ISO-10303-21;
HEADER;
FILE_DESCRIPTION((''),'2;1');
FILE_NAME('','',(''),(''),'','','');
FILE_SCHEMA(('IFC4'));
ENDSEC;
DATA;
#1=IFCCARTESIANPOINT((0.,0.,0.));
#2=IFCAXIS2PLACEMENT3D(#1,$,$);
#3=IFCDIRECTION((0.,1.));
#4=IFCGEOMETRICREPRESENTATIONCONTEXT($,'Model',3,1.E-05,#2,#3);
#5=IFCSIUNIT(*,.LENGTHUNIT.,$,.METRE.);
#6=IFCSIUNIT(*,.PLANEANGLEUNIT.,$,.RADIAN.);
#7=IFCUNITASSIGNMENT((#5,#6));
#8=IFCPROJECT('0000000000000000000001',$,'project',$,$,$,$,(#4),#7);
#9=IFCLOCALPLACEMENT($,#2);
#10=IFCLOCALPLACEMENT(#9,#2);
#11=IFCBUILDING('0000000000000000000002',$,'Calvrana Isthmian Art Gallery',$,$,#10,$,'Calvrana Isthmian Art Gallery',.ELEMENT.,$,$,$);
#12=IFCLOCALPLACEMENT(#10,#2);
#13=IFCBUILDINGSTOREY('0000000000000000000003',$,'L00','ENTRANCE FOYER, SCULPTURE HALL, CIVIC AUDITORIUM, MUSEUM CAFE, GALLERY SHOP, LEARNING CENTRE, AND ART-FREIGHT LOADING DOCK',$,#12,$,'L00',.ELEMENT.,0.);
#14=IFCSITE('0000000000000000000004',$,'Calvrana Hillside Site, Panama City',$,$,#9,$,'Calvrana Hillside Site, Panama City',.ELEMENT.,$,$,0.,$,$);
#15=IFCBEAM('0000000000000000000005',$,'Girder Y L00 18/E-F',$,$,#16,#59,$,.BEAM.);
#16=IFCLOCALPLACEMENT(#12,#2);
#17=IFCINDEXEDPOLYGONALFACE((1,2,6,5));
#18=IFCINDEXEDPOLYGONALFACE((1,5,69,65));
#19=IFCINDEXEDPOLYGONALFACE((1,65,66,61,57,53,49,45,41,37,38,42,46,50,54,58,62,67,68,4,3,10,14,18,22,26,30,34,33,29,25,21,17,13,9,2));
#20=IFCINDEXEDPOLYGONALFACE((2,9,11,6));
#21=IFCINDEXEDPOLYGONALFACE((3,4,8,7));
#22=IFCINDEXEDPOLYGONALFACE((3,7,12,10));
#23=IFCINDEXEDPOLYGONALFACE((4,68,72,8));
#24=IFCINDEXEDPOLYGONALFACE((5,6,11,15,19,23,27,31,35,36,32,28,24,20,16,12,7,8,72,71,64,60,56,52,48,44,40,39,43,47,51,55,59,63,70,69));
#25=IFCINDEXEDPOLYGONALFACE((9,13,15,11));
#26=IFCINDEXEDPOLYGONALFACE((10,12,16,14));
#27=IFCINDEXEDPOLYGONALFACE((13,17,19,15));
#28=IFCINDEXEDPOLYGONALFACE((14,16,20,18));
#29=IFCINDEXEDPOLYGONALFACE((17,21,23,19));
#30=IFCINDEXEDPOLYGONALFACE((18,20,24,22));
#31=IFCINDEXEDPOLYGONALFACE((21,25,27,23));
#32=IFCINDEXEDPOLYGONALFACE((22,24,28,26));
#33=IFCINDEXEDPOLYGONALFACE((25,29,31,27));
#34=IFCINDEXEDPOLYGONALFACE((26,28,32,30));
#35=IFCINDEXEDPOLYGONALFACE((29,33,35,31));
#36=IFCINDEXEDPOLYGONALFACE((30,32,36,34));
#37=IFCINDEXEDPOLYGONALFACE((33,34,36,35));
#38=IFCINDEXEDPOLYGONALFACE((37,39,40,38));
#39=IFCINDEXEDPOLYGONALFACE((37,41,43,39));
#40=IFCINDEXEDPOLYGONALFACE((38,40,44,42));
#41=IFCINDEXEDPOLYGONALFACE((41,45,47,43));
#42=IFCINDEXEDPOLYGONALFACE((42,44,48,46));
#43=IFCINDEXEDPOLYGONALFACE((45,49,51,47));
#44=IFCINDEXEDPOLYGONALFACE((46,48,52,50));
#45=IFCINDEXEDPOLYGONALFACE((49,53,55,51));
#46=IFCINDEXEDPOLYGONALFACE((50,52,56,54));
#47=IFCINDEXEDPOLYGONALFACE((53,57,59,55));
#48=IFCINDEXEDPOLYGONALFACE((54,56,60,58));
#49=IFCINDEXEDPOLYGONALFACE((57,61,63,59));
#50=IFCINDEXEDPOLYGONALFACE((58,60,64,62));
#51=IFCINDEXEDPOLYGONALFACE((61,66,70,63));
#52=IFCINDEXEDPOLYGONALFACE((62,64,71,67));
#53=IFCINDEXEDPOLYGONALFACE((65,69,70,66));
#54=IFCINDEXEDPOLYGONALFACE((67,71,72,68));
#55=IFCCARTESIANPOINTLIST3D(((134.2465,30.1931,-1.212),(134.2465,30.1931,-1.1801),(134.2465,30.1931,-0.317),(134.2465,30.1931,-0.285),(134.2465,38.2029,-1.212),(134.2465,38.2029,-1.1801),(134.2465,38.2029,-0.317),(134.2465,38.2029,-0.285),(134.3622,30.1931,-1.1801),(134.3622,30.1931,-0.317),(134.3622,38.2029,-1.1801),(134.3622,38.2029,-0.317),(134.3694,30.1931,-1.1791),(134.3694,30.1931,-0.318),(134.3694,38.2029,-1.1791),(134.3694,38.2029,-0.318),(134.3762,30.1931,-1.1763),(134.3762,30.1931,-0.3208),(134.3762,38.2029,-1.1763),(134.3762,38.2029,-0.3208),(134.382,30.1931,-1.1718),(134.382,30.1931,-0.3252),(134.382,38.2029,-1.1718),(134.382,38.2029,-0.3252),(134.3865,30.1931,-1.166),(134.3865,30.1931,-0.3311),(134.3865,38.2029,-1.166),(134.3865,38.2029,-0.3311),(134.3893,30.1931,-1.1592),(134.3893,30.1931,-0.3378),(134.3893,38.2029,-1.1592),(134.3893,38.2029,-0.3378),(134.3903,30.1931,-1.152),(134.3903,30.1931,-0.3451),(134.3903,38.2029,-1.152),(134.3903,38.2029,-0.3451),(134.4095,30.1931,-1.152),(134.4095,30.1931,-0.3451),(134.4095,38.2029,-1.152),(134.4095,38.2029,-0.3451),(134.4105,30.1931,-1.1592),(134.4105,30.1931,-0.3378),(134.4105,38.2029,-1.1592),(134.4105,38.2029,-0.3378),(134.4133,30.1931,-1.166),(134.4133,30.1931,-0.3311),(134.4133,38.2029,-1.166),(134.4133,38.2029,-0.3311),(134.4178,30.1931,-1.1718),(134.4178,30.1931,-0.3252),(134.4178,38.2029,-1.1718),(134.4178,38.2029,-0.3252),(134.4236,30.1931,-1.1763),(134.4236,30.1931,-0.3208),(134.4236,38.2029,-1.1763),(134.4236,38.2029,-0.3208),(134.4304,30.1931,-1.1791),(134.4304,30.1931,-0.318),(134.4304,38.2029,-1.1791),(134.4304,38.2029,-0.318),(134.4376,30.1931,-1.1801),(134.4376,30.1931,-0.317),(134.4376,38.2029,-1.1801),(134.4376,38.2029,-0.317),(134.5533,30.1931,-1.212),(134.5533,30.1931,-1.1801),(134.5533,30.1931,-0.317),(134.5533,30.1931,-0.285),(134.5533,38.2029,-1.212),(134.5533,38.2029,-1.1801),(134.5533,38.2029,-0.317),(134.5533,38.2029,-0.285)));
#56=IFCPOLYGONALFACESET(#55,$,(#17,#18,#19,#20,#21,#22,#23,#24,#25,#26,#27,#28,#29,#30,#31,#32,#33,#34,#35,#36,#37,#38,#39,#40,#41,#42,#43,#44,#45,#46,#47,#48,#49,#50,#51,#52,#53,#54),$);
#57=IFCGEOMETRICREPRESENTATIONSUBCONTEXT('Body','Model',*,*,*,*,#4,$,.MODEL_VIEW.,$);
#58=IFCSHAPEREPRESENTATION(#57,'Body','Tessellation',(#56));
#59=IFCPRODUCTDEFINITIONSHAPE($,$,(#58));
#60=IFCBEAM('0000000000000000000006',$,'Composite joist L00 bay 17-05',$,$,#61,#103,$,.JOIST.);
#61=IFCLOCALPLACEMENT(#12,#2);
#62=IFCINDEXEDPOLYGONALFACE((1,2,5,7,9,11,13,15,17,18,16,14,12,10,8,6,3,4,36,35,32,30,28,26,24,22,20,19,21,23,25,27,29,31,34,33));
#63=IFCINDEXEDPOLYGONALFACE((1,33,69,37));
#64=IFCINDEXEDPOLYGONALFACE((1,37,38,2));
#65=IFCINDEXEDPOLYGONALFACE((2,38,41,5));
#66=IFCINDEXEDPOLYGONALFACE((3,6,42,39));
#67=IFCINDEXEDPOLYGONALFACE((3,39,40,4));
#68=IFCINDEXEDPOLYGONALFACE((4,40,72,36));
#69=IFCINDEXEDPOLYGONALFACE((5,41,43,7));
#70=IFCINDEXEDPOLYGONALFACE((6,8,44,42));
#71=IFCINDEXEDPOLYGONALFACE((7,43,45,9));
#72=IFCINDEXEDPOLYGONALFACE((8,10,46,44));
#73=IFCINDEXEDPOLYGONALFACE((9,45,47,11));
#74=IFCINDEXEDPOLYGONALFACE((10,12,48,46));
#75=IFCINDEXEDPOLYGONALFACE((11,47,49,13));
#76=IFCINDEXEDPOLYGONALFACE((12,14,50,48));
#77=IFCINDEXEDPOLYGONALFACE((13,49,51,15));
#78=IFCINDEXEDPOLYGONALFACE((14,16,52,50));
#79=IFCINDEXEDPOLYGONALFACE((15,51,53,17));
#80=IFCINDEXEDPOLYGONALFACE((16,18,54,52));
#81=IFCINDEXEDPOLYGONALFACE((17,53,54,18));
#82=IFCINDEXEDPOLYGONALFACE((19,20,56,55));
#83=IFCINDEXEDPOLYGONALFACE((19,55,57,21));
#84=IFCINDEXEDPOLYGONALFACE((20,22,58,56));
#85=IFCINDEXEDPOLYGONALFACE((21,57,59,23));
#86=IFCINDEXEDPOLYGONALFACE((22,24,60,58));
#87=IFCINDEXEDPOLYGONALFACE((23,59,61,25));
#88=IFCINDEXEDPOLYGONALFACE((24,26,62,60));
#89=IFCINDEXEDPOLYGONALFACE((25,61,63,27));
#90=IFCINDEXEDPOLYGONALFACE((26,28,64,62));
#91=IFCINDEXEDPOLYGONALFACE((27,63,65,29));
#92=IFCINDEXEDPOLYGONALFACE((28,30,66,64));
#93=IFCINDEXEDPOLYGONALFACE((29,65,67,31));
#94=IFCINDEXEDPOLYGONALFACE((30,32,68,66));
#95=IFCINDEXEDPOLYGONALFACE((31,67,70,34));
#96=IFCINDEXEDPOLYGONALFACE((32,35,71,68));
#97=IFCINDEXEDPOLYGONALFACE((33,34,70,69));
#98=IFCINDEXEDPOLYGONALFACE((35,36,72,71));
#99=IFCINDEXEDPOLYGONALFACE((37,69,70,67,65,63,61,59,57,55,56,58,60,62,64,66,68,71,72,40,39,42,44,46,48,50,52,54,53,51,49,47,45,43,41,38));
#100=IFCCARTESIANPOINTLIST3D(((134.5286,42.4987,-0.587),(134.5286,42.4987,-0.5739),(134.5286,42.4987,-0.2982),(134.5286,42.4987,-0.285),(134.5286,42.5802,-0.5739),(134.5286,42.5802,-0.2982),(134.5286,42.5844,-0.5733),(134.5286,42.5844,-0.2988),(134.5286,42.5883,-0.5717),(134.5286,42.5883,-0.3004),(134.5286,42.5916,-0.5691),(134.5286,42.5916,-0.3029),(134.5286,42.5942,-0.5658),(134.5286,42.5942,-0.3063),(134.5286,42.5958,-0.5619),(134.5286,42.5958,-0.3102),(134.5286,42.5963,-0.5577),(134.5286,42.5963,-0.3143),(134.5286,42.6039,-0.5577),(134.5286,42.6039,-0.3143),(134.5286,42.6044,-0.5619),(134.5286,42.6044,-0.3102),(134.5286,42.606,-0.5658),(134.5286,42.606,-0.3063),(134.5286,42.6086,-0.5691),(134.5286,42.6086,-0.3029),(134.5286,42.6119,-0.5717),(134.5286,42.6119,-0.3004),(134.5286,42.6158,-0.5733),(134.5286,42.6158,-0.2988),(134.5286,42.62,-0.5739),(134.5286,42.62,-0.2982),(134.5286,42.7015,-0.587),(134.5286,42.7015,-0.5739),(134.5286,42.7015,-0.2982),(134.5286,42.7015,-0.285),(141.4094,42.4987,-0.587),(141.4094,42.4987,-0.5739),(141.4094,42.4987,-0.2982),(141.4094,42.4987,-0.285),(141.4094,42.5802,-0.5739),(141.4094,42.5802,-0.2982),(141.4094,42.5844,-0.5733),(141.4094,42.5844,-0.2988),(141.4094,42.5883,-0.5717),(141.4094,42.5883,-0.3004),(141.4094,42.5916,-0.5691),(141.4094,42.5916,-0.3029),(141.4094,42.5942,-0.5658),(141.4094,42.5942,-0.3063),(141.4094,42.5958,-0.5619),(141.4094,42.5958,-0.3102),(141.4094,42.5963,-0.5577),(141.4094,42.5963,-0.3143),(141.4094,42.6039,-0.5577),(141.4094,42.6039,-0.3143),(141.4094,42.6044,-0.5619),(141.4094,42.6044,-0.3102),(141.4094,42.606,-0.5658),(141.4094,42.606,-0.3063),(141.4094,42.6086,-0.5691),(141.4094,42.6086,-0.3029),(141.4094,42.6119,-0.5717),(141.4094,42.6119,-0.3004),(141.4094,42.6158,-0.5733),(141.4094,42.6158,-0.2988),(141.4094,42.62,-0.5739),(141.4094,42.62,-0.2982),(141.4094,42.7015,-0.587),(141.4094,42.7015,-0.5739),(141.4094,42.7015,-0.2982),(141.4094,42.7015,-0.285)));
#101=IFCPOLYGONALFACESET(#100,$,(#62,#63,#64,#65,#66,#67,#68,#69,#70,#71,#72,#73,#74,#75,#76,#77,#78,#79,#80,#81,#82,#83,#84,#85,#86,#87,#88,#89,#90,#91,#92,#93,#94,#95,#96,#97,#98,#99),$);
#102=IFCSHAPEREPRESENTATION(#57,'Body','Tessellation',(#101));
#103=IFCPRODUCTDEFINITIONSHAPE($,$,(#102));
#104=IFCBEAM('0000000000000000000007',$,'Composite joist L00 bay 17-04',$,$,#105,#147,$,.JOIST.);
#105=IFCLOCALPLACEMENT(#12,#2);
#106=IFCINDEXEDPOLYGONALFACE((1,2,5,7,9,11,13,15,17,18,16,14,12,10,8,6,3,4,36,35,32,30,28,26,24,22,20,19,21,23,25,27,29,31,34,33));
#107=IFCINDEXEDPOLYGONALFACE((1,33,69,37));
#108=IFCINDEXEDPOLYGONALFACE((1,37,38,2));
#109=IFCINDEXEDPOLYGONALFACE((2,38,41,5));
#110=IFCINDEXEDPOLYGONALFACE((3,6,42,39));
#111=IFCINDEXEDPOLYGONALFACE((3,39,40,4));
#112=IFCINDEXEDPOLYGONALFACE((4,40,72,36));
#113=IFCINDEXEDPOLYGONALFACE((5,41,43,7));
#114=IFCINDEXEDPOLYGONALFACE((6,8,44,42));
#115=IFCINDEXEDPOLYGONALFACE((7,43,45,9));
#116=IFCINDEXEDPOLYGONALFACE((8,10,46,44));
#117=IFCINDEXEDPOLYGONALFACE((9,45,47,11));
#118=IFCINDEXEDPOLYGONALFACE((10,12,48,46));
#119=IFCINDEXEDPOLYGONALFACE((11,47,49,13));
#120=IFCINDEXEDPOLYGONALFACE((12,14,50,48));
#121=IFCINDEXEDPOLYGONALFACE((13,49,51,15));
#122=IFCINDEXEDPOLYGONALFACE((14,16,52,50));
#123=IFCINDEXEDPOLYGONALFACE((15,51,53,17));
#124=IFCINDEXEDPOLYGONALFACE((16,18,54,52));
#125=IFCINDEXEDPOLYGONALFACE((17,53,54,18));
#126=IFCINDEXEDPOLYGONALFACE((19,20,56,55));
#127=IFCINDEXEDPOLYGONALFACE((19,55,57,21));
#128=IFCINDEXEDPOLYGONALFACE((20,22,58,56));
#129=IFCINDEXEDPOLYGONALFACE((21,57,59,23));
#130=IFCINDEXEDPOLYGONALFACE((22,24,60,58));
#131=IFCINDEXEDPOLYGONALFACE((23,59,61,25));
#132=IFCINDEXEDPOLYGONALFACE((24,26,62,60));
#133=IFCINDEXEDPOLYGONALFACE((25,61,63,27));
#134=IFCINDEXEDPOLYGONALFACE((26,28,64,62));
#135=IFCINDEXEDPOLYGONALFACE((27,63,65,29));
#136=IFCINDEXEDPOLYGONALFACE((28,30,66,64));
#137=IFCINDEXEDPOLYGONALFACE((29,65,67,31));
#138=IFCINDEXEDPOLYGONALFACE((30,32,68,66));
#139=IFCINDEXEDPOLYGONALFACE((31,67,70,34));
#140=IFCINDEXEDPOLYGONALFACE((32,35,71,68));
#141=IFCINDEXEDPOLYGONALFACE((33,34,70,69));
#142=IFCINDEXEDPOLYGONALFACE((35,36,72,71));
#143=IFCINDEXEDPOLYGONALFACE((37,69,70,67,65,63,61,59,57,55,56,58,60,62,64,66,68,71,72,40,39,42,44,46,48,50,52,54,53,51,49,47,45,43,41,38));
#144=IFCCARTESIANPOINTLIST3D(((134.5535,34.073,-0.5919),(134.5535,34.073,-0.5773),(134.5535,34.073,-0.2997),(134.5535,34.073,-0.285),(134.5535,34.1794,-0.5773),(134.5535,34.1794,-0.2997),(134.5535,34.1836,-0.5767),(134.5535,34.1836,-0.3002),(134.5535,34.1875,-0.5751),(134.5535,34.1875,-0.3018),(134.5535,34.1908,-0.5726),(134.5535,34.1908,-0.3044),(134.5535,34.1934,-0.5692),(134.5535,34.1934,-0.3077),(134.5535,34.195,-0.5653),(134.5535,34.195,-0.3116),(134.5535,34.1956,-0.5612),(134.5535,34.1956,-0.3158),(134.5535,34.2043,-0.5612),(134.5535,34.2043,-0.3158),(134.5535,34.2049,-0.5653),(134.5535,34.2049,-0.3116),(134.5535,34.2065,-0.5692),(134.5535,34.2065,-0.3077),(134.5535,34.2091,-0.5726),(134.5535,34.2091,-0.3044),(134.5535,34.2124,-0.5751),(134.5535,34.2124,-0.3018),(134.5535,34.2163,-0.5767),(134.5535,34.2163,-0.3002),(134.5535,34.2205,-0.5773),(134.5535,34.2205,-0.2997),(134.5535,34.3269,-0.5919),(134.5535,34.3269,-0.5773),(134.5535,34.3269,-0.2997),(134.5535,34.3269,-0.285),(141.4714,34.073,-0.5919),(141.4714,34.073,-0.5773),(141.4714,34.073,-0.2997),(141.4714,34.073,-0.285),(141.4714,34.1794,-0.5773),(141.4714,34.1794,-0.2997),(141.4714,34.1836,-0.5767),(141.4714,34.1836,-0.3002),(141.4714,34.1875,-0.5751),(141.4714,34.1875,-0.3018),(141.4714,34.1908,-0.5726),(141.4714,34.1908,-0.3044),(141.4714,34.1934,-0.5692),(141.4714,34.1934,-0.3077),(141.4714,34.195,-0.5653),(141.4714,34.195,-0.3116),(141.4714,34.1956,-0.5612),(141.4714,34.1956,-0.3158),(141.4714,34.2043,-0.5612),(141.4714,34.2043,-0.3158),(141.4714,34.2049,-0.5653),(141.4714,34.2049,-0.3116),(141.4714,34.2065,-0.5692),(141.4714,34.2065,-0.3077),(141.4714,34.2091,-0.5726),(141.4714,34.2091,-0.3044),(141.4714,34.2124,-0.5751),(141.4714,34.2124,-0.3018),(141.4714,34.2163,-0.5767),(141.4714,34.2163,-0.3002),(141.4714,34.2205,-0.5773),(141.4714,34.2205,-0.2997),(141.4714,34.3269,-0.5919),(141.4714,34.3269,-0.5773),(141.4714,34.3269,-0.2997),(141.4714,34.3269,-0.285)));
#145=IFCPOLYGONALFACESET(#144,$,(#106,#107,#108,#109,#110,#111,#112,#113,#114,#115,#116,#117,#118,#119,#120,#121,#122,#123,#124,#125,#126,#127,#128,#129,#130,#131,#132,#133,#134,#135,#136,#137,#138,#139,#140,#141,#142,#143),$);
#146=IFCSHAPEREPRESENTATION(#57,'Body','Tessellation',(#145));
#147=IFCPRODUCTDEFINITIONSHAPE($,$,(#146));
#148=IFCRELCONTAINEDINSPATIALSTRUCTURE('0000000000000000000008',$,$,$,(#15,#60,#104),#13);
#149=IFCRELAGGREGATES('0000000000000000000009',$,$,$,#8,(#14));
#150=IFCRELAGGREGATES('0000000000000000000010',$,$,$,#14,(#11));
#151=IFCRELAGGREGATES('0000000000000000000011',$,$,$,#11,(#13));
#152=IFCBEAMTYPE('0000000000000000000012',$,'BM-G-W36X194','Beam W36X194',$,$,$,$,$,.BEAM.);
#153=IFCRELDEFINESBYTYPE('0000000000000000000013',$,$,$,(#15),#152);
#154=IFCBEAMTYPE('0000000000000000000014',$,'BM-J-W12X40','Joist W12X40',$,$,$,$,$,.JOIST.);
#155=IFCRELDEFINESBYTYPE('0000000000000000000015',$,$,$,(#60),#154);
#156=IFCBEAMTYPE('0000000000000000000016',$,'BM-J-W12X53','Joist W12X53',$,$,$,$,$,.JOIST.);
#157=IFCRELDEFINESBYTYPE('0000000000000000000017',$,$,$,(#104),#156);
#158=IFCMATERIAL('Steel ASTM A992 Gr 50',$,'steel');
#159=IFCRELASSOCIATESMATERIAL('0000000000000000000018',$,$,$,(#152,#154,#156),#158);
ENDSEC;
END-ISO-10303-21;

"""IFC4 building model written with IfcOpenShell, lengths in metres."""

from ifc_helpers import new_model, si_unit, direction, frame, origin, origin_2d, place, context, subcontext, project, spatial, i_section, extrude, material, material_profile, profile_set, type_object, element, save


model = new_model("IFC4")

# Units and contexts
model_context = context("Model", 3, precision=1e-05, world=origin(), true_north=direction((0.0, 1.0)))
body_context = subcontext(model_context, "Body", "Model", "MODEL_VIEW")
ifc_project = project(units=[si_unit("LENGTHUNIT", "METRE"), si_unit("PLANEANGLEUNIT", "RADIAN")], contexts=[model_context])

# Site, building, storey
site_placement = place(None, origin())
site = spatial("IfcSite", under=ifc_project, at=site_placement, Name="Calvrana Hillside Site, Panama City", LongName="Calvrana Hillside Site, Panama City", CompositionType="ELEMENT", RefElevation=0.0)
building_placement = place(site_placement, origin())
building = spatial("IfcBuilding", under=site, at=building_placement, Name="Calvrana Isthmian Art Gallery", LongName="Calvrana Isthmian Art Gallery", CompositionType="ELEMENT")
storey_placement = place(building_placement, origin())
storey = spatial("IfcBuildingStorey", under=building, at=storey_placement, Name="L00", Description="ENTRANCE FOYER, SCULPTURE HALL, CIVIC AUDITORIUM, MUSEUM CAFE, GALLERY SHOP, LEARNING CENTRE, AND ART-FREIGHT LOADING DOCK", LongName="L00", CompositionType="ELEMENT", Elevation=0.0)

# Shared definitions
ifc_material_1 = material(Name="Steel ASTM A992 Gr 50", Category="steel")

# Beams
ifc_material_profile_1 = material_profile(ifc_material_1, i_section(OverallWidth=0.3069, OverallDepth=0.927, WebThickness=0.0193, FlangeThickness=0.032, FilletRadius=0.0281, at=origin_2d()), Name="W36X194")
ifc_profile_set_1 = profile_set([ifc_material_profile_1], Name="Steel ASTM A992 Gr 50")
beam_type_1 = type_object("IfcBeamType", Name="BM-G-W36X194", Description="Beam W36X194", PredefinedType="BEAM", material=ifc_profile_set_1)
beam_1_placement = place(storey_placement, frame((134.3999, 30.1931, -0.7485), z_axis=(0.0, 1.0, 0.0), x_axis=(-1.0, 0.0, 0.0)))
element("IfcBeam", 1, at=beam_1_placement, inside=storey, type_object=beam_type_1, Name="Girder Y L00 18/E-F", PredefinedType="BEAM", context=body_context, shape_type="SweptSolid", body=[
    extrude(i_section(OverallWidth=0.3069, OverallDepth=0.927, WebThickness=0.0193, FlangeThickness=0.032, FilletRadius=0.0281, at=origin_2d()), origin(), (0.0, 0.0, 1.0), 8.0098),
])
ifc_material_profile_2 = material_profile(ifc_material_1, i_section(OverallWidth=0.2029, OverallDepth=0.302, WebThickness=0.0076, FlangeThickness=0.0132, FilletRadius=0.0161, at=origin_2d()), Name="W12X40")
ifc_profile_set_2 = profile_set([ifc_material_profile_2], Name="Steel ASTM A992 Gr 50")
beam_type_2 = type_object("IfcBeamType", Name="BM-J-W12X40", Description="Joist W12X40", PredefinedType="JOIST", material=ifc_profile_set_2)
beam_2_placement = place(storey_placement, frame((134.5286, 42.6001, -0.436), z_axis=(1.0, 0.0, 0.0), x_axis=(0.0, 1.0, 0.0)))
element("IfcBeam", 2, at=beam_2_placement, inside=storey, type_object=beam_type_2, Name="Composite joist L00 bay 17-05", PredefinedType="JOIST", context=body_context, shape_type="SweptSolid", body=[
    extrude(i_section(OverallWidth=0.2029, OverallDepth=0.302, WebThickness=0.0076, FlangeThickness=0.0132, FilletRadius=0.0161, at=origin_2d()), origin(), (0.0, 0.0, 1.0), 6.8809),
])
ifc_material_profile_3 = material_profile(ifc_material_1, i_section(OverallWidth=0.2539, OverallDepth=0.3069, WebThickness=0.0088, FlangeThickness=0.0146, FilletRadius=0.0161, at=origin_2d()), Name="W12X53")
ifc_profile_set_3 = profile_set([ifc_material_profile_3], Name="Steel ASTM A992 Gr 50")
beam_type_3 = type_object("IfcBeamType", Name="BM-J-W12X53", Description="Joist W12X53", PredefinedType="JOIST", material=ifc_profile_set_3)
beam_3_placement = place(storey_placement, frame((134.5535, 34.2, -0.4385), z_axis=(1.0, 0.0, 0.0), x_axis=(0.0, 1.0, 0.0)))
element("IfcBeam", 3, at=beam_3_placement, inside=storey, type_object=beam_type_3, Name="Composite joist L00 bay 17-04", PredefinedType="JOIST", context=body_context, shape_type="SweptSolid", body=[
    extrude(i_section(OverallWidth=0.2539, OverallDepth=0.3069, WebThickness=0.0088, FlangeThickness=0.0146, FilletRadius=0.0161, at=origin_2d()), origin(), (0.0, 0.0, 1.0), 6.918),
])

save(model, "model.ifc")
